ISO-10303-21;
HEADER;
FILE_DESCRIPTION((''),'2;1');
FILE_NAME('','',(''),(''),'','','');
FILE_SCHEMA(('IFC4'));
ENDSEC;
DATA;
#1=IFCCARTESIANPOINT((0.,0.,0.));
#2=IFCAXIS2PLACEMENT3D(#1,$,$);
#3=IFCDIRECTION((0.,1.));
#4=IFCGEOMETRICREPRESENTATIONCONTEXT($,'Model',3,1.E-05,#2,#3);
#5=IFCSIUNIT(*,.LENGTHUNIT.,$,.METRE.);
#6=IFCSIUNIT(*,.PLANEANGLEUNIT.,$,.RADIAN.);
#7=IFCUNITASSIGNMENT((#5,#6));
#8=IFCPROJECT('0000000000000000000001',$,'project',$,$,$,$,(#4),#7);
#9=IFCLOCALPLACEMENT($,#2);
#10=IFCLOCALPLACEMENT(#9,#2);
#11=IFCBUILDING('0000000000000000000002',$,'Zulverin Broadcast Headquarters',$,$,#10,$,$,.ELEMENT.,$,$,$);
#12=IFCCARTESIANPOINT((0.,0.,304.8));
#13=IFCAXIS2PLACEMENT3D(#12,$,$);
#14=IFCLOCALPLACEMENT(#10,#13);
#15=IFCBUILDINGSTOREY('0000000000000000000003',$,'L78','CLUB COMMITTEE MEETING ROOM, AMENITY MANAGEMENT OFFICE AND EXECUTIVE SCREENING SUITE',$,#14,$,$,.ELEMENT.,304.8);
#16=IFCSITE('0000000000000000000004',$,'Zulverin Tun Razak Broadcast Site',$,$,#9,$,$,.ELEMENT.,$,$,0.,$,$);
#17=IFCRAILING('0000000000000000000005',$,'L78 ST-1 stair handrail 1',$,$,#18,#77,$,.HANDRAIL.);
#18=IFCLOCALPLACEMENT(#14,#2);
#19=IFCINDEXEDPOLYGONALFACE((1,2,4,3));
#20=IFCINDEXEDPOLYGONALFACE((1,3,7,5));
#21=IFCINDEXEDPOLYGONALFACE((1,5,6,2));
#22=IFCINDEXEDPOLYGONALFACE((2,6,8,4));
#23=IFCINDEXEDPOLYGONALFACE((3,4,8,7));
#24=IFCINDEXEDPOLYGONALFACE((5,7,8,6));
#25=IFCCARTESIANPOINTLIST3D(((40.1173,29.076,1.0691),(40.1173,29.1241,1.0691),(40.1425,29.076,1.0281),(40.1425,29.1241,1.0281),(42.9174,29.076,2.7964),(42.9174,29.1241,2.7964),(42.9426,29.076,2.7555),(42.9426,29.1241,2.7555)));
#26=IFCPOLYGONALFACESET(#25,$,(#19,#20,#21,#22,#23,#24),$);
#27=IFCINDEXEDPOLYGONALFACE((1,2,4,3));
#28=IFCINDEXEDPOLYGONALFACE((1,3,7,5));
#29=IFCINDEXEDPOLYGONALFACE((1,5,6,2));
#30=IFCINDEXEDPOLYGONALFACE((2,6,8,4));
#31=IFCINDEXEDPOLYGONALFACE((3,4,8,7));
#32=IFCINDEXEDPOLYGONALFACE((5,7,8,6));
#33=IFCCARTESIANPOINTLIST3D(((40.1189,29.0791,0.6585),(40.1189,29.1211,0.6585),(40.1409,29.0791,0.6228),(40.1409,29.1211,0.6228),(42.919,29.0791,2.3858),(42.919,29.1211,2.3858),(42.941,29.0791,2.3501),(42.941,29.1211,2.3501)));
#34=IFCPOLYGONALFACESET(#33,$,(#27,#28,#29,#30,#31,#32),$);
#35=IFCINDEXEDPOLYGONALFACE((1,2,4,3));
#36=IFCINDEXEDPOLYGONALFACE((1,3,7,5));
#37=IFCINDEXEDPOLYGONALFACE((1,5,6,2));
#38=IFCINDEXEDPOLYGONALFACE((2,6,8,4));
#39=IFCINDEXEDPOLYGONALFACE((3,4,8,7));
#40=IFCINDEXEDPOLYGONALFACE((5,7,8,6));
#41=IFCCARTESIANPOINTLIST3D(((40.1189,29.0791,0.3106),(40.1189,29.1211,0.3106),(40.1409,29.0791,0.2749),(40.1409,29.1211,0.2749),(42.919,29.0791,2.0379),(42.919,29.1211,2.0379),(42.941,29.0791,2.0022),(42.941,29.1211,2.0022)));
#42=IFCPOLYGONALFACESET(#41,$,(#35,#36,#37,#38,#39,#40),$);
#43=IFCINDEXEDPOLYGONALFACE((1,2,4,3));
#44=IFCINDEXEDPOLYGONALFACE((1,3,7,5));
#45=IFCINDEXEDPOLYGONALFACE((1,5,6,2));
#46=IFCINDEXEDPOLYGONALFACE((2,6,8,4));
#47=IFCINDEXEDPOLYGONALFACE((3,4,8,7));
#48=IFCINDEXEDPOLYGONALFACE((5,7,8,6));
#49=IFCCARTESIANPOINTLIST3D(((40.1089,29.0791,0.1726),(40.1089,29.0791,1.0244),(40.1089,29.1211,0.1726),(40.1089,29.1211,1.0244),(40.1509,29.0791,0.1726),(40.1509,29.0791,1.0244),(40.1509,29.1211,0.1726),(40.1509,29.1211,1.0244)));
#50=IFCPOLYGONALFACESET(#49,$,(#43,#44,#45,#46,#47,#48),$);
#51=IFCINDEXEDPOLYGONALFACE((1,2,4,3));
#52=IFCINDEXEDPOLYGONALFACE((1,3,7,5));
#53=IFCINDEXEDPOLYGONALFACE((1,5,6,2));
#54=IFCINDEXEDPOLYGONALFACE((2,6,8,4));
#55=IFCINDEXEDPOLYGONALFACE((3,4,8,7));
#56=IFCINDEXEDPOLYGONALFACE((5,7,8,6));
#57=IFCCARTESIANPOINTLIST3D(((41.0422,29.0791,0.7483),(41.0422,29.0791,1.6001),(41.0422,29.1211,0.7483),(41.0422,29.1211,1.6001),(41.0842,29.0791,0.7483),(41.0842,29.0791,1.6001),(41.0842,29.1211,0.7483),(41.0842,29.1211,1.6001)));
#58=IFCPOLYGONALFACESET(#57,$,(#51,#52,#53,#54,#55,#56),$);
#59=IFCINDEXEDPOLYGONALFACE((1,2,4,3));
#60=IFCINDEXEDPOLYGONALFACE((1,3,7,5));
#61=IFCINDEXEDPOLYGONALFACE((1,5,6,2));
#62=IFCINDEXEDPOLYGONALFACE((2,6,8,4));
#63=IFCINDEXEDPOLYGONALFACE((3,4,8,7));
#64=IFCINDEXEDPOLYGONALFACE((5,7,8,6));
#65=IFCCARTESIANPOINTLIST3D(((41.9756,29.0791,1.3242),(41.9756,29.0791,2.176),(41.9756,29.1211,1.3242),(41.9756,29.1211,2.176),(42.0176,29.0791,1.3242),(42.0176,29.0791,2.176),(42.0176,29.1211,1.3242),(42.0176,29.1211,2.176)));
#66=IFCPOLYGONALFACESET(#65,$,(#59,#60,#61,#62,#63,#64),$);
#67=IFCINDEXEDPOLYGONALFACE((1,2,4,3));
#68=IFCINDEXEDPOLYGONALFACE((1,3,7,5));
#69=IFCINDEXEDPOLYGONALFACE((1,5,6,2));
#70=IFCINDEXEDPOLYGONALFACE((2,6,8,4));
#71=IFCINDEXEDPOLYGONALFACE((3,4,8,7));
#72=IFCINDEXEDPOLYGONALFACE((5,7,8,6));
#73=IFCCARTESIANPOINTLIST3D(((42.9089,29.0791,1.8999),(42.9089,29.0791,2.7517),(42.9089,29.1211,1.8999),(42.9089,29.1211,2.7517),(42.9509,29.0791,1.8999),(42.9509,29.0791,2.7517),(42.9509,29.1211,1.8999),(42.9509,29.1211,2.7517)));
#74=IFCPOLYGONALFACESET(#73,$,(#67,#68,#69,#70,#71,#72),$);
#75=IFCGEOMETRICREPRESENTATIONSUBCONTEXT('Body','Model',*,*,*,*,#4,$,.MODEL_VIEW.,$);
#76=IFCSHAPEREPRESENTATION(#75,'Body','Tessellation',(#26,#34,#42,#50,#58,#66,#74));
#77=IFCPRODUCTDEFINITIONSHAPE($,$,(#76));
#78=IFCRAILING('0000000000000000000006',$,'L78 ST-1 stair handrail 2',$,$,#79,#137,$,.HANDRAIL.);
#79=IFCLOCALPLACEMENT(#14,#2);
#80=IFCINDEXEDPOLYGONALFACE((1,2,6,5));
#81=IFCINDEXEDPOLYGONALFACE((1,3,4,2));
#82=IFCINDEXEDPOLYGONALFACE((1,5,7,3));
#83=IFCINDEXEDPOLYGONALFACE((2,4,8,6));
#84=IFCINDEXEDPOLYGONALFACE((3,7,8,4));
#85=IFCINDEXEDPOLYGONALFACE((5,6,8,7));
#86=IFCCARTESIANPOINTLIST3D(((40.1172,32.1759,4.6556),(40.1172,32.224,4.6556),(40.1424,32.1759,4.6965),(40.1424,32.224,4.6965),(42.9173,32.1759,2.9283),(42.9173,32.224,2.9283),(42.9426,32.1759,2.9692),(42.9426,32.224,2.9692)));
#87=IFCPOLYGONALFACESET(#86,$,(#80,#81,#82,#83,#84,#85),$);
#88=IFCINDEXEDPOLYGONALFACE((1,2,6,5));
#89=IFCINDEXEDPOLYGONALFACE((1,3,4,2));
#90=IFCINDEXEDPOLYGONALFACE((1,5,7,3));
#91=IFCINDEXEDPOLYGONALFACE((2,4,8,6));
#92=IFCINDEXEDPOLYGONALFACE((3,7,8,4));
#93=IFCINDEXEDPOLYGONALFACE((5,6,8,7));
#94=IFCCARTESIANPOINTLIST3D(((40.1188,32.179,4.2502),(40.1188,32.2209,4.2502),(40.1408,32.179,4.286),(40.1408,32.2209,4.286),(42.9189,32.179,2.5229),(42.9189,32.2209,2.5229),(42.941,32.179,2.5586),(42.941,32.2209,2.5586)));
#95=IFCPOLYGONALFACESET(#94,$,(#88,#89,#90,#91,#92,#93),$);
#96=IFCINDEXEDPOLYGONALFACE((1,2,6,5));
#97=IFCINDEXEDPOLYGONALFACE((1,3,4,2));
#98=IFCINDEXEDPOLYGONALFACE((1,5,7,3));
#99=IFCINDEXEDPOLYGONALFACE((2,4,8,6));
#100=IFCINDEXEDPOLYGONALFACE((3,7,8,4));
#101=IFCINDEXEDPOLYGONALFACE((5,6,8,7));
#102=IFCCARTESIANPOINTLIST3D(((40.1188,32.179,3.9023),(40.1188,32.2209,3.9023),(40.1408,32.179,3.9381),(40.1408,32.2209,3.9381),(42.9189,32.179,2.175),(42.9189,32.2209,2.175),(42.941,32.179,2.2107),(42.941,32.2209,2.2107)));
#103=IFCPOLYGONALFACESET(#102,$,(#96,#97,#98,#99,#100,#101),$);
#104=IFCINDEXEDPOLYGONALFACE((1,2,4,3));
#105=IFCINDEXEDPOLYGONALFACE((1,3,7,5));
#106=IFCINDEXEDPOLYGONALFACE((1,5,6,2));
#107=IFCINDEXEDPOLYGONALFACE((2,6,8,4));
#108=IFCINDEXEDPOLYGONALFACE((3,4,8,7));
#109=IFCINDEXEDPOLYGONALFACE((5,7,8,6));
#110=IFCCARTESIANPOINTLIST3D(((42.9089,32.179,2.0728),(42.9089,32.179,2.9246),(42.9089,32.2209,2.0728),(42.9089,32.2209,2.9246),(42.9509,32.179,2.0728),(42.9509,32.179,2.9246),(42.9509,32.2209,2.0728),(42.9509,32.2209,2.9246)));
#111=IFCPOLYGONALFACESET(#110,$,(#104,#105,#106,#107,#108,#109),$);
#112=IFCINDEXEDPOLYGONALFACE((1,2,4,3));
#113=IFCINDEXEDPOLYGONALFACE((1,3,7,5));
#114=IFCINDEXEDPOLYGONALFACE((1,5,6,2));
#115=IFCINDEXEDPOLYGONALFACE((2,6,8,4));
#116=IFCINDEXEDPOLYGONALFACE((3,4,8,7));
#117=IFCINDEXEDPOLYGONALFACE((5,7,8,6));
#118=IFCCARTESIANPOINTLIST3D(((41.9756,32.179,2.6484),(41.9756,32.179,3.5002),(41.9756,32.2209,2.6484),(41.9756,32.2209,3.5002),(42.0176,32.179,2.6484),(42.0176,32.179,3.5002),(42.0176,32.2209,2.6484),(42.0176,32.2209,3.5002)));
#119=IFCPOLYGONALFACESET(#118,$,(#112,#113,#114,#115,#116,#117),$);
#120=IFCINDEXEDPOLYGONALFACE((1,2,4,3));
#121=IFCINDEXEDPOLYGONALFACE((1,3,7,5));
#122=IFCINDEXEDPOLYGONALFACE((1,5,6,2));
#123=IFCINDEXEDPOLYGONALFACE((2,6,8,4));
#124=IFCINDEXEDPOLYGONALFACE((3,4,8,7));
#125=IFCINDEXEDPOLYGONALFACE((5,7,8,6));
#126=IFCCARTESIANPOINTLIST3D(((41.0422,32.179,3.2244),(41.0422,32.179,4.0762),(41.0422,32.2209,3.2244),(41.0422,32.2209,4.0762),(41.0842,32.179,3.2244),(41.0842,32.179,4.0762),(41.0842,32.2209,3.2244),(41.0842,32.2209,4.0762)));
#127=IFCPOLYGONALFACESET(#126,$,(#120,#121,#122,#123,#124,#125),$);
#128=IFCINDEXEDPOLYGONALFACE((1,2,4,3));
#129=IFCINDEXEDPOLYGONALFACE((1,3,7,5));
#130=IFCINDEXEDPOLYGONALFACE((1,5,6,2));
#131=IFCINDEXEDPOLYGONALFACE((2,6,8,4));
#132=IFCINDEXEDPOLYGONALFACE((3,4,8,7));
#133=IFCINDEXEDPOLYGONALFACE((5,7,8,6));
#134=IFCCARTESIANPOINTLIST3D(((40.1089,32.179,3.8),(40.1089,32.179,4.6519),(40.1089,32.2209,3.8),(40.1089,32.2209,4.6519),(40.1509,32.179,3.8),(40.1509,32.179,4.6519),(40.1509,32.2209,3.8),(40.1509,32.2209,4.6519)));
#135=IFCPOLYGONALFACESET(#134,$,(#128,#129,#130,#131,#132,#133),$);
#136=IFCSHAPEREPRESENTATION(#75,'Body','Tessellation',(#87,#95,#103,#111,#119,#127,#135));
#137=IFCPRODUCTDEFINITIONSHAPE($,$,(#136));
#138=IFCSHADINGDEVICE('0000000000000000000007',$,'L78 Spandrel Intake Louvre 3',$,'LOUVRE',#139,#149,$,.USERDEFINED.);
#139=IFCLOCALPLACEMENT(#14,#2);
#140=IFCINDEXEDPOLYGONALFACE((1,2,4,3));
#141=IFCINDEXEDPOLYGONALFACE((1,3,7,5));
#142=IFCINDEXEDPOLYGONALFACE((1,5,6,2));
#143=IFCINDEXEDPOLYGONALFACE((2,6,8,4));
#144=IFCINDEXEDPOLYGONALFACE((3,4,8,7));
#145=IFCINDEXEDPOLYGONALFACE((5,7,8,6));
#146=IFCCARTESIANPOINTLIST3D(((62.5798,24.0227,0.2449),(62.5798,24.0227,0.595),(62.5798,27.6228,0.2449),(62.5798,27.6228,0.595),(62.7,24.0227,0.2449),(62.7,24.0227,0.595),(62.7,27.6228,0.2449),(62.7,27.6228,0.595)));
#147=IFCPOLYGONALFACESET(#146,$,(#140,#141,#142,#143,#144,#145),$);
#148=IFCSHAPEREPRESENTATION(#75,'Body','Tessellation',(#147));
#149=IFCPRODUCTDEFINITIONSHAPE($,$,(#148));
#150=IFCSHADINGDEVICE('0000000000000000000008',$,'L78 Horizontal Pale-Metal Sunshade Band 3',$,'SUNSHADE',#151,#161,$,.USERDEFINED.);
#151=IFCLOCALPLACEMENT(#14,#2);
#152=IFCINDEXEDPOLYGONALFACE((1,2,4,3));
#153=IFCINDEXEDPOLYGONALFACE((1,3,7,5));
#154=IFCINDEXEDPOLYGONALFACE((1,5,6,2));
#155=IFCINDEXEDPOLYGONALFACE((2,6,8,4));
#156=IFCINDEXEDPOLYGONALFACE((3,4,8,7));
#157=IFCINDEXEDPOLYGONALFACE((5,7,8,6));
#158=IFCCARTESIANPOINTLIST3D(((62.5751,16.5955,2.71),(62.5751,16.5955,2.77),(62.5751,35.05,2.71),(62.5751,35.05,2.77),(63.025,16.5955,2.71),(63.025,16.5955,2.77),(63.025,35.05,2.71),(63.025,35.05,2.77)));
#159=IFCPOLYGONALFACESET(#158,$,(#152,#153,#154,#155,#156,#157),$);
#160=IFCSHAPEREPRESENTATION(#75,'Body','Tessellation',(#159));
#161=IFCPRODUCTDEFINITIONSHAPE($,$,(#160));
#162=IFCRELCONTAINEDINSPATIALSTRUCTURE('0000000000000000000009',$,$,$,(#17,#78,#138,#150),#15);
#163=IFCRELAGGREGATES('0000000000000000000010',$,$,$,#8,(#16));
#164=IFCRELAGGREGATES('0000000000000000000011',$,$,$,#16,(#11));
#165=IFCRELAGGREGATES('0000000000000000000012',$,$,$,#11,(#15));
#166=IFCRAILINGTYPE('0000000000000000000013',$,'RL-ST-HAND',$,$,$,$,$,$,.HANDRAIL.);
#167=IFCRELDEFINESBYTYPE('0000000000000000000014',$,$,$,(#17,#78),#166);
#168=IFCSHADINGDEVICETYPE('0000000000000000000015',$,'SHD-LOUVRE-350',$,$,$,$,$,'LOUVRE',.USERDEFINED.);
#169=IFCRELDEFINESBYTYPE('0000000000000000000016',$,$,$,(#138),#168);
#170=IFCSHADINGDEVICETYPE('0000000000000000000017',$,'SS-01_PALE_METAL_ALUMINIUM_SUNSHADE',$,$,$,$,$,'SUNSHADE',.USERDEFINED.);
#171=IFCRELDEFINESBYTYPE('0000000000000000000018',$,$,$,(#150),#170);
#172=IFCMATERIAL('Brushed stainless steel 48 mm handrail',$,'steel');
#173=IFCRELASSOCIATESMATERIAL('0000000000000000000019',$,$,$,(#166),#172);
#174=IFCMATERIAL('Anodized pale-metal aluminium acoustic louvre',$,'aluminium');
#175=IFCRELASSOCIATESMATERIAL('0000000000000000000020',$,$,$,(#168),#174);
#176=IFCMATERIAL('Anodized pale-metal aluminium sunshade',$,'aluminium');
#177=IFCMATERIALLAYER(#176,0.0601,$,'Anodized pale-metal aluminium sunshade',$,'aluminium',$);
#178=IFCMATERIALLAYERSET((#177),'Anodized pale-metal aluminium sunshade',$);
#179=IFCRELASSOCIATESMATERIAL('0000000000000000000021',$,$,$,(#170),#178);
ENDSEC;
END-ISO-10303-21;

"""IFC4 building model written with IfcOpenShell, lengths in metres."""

from ifc_helpers import new_model, si_unit, direction, frame, origin, origin_2d, place, context, subcontext, project, spatial, rectangle, extrude, material, layer, layer_set, type_object, element, save


model = new_model("IFC4")

# Units and contexts
model_context = context("Model", 3, precision=1e-05, world=origin(), true_north=direction((0.0, 1.0)))
body_context = subcontext(model_context, "Body", "Model", "MODEL_VIEW")
ifc_project = project(units=[si_unit("LENGTHUNIT", "METRE"), si_unit("PLANEANGLEUNIT", "RADIAN")], contexts=[model_context])

# Site, building, storey
site_placement = place(None, origin())
site = spatial("IfcSite", under=ifc_project, at=site_placement, Name="Zulverin Tun Razak Broadcast Site", CompositionType="ELEMENT", RefElevation=0.0)
building_placement = place(site_placement, origin())
building = spatial("IfcBuilding", under=site, at=building_placement, Name="Zulverin Broadcast Headquarters", CompositionType="ELEMENT")
storey_placement = place(building_placement, frame((0.0, 0.0, 304.8)))
storey = spatial("IfcBuildingStorey", under=building, at=storey_placement, Name="L78", Description="CLUB COMMITTEE MEETING ROOM, AMENITY MANAGEMENT OFFICE AND EXECUTIVE SCREENING SUITE", CompositionType="ELEMENT", Elevation=304.8)

# Railings
ifc_material_1 = material(Name="Brushed stainless steel 48 mm handrail", Category="steel")
railing_type_1 = type_object("IfcRailingType", Name="RL-ST-HAND", PredefinedType="HANDRAIL", material=ifc_material_1)
railing_1_placement = place(storey_placement, frame((40.1299, 29.1001, 0.1726)))
element("IfcRailing", 1, at=railing_1_placement, inside=storey, type_object=railing_type_1, Name="L78 ST-1 stair handrail 1", PredefinedType="HANDRAIL", context=body_context, shape_type="SweptSolid", body=[
    extrude(rectangle(XDim=0.0481, YDim=0.0481, at=origin_2d()), frame((0.0, 0.0, 0.876), z_axis=(0.85109, 0.0, 0.52502), x_axis=(0.0, 1.0, 0.0)), (0.0, 0.0, 1.0), 3.29),
    extrude(rectangle(XDim=0.042, YDim=0.042, at=origin_2d()), frame((0.0, 0.0, 0.468), z_axis=(0.85109, 0.0, 0.52502), x_axis=(0.0, 1.0, 0.0)), (0.0, 0.0, 1.0), 3.29),
    extrude(rectangle(XDim=0.042, YDim=0.042, at=origin_2d()), frame((0.0, 0.0, 0.1201), z_axis=(0.85109, 0.0, 0.52502), x_axis=(0.0, 1.0, 0.0)), (0.0, 0.0, 1.0), 3.29),
    extrude(rectangle(XDim=0.042, YDim=0.042, at=origin_2d()), origin(), (0.0, 0.0, 1.0), 0.8518),
    extrude(rectangle(XDim=0.042, YDim=0.042, at=origin_2d()), frame((0.9333, 0.0, 0.5757)), (0.0, 0.0, 1.0), 0.8518),
    extrude(rectangle(XDim=0.042, YDim=0.042, at=origin_2d()), frame((1.8667, 0.0, 1.1516)), (0.0, 0.0, 1.0), 0.8518),
    extrude(rectangle(XDim=0.042, YDim=0.042, at=origin_2d()), frame((2.8, 0.0, 1.7273)), (0.0, 0.0, 1.0), 0.8518),
])
railing_2_placement = place(storey_placement, frame((42.9299, 32.2, 2.0728)))
element("IfcRailing", 2, at=railing_2_placement, inside=storey, type_object=railing_type_1, Name="L78 ST-1 stair handrail 2", PredefinedType="HANDRAIL", context=body_context, shape_type="SweptSolid", body=[
    extrude(rectangle(XDim=0.0481, YDim=0.0481, at=origin_2d()), frame((0.0, 0.0, 0.876), z_axis=(-0.85109, 0.0, 0.52502), x_axis=(0.0, -1.0, 0.0)), (0.0, 0.0, 1.0), 3.29),
    extrude(rectangle(XDim=0.042, YDim=0.042, at=origin_2d()), frame((0.0, 0.0, 0.468), z_axis=(-0.85109, 0.0, 0.52502), x_axis=(0.0, -1.0, 0.0)), (0.0, 0.0, 1.0), 3.29),
    extrude(rectangle(XDim=0.042, YDim=0.042, at=origin_2d()), frame((0.0, 0.0, 0.1201), z_axis=(-0.85109, 0.0, 0.52502), x_axis=(0.0, -1.0, 0.0)), (0.0, 0.0, 1.0), 3.29),
    extrude(rectangle(XDim=0.042, YDim=0.042, at=origin_2d()), origin(), (0.0, 0.0, 1.0), 0.8518),
    extrude(rectangle(XDim=0.042, YDim=0.042, at=origin_2d()), frame((-0.9333, 0.0, 0.5757)), (0.0, 0.0, 1.0), 0.8518),
    extrude(rectangle(XDim=0.042, YDim=0.042, at=origin_2d()), frame((-1.8667, 0.0, 1.1516)), (0.0, 0.0, 1.0), 0.8518),
    extrude(rectangle(XDim=0.042, YDim=0.042, at=origin_2d()), frame((-2.8, 0.0, 1.7273)), (0.0, 0.0, 1.0), 0.8518),
])

# Shading devices
ifc_material_2 = material(Name="Anodized pale-metal aluminium acoustic louvre", Category="aluminium")
shading_device_type_1 = type_object("IfcShadingDeviceType", Name="SHD-LOUVRE-350", ElementType="LOUVRE", PredefinedType="USERDEFINED", material=ifc_material_2)
shading_device_1_placement = place(storey_placement, frame((62.6399, 25.8228, 0.2449), z_axis=(0.0, 0.0, 1.0), x_axis=(0.0, 1.0, 0.0)))
element("IfcShadingDevice", 3, at=shading_device_1_placement, inside=storey, type_object=shading_device_type_1, Name="L78 Spandrel Intake Louvre 3", ObjectType="LOUVRE", PredefinedType="USERDEFINED", context=body_context, shape_type="SweptSolid", body=[
    extrude(rectangle(XDim=3.6001, YDim=0.1201, at=origin_2d()), origin(), (0.0, 0.0, 1.0), 0.3501),
])
ifc_material_3 = material(Name="Anodized pale-metal aluminium sunshade", Category="aluminium")
ifc_layer_1 = layer(ifc_material_3, 0.0601, Name="Anodized pale-metal aluminium sunshade", Category="aluminium")
ifc_layer_set_1 = layer_set([ifc_layer_1], Name="Anodized pale-metal aluminium sunshade")
shading_device_type_2 = type_object("IfcShadingDeviceType", Name="SS-01_PALE_METAL_ALUMINIUM_SUNSHADE", ElementType="SUNSHADE", PredefinedType="USERDEFINED", material=ifc_layer_set_1)
shading_device_2_placement = place(storey_placement, frame((62.8, 25.8228, 2.71), z_axis=(0.0, 0.0, 1.0), x_axis=(0.0, 1.0, 0.0)))
element("IfcShadingDevice", 4, at=shading_device_2_placement, inside=storey, type_object=shading_device_type_2, Name="L78 Horizontal Pale-Metal Sunshade Band 3", ObjectType="SUNSHADE", PredefinedType="USERDEFINED", context=body_context, shape_type="SweptSolid", body=[
    extrude(rectangle(XDim=18.4546, YDim=0.45, at=origin_2d()), origin(), (0.0, 0.0, 1.0), 0.0601),
])

save(model, "model.ifc")
